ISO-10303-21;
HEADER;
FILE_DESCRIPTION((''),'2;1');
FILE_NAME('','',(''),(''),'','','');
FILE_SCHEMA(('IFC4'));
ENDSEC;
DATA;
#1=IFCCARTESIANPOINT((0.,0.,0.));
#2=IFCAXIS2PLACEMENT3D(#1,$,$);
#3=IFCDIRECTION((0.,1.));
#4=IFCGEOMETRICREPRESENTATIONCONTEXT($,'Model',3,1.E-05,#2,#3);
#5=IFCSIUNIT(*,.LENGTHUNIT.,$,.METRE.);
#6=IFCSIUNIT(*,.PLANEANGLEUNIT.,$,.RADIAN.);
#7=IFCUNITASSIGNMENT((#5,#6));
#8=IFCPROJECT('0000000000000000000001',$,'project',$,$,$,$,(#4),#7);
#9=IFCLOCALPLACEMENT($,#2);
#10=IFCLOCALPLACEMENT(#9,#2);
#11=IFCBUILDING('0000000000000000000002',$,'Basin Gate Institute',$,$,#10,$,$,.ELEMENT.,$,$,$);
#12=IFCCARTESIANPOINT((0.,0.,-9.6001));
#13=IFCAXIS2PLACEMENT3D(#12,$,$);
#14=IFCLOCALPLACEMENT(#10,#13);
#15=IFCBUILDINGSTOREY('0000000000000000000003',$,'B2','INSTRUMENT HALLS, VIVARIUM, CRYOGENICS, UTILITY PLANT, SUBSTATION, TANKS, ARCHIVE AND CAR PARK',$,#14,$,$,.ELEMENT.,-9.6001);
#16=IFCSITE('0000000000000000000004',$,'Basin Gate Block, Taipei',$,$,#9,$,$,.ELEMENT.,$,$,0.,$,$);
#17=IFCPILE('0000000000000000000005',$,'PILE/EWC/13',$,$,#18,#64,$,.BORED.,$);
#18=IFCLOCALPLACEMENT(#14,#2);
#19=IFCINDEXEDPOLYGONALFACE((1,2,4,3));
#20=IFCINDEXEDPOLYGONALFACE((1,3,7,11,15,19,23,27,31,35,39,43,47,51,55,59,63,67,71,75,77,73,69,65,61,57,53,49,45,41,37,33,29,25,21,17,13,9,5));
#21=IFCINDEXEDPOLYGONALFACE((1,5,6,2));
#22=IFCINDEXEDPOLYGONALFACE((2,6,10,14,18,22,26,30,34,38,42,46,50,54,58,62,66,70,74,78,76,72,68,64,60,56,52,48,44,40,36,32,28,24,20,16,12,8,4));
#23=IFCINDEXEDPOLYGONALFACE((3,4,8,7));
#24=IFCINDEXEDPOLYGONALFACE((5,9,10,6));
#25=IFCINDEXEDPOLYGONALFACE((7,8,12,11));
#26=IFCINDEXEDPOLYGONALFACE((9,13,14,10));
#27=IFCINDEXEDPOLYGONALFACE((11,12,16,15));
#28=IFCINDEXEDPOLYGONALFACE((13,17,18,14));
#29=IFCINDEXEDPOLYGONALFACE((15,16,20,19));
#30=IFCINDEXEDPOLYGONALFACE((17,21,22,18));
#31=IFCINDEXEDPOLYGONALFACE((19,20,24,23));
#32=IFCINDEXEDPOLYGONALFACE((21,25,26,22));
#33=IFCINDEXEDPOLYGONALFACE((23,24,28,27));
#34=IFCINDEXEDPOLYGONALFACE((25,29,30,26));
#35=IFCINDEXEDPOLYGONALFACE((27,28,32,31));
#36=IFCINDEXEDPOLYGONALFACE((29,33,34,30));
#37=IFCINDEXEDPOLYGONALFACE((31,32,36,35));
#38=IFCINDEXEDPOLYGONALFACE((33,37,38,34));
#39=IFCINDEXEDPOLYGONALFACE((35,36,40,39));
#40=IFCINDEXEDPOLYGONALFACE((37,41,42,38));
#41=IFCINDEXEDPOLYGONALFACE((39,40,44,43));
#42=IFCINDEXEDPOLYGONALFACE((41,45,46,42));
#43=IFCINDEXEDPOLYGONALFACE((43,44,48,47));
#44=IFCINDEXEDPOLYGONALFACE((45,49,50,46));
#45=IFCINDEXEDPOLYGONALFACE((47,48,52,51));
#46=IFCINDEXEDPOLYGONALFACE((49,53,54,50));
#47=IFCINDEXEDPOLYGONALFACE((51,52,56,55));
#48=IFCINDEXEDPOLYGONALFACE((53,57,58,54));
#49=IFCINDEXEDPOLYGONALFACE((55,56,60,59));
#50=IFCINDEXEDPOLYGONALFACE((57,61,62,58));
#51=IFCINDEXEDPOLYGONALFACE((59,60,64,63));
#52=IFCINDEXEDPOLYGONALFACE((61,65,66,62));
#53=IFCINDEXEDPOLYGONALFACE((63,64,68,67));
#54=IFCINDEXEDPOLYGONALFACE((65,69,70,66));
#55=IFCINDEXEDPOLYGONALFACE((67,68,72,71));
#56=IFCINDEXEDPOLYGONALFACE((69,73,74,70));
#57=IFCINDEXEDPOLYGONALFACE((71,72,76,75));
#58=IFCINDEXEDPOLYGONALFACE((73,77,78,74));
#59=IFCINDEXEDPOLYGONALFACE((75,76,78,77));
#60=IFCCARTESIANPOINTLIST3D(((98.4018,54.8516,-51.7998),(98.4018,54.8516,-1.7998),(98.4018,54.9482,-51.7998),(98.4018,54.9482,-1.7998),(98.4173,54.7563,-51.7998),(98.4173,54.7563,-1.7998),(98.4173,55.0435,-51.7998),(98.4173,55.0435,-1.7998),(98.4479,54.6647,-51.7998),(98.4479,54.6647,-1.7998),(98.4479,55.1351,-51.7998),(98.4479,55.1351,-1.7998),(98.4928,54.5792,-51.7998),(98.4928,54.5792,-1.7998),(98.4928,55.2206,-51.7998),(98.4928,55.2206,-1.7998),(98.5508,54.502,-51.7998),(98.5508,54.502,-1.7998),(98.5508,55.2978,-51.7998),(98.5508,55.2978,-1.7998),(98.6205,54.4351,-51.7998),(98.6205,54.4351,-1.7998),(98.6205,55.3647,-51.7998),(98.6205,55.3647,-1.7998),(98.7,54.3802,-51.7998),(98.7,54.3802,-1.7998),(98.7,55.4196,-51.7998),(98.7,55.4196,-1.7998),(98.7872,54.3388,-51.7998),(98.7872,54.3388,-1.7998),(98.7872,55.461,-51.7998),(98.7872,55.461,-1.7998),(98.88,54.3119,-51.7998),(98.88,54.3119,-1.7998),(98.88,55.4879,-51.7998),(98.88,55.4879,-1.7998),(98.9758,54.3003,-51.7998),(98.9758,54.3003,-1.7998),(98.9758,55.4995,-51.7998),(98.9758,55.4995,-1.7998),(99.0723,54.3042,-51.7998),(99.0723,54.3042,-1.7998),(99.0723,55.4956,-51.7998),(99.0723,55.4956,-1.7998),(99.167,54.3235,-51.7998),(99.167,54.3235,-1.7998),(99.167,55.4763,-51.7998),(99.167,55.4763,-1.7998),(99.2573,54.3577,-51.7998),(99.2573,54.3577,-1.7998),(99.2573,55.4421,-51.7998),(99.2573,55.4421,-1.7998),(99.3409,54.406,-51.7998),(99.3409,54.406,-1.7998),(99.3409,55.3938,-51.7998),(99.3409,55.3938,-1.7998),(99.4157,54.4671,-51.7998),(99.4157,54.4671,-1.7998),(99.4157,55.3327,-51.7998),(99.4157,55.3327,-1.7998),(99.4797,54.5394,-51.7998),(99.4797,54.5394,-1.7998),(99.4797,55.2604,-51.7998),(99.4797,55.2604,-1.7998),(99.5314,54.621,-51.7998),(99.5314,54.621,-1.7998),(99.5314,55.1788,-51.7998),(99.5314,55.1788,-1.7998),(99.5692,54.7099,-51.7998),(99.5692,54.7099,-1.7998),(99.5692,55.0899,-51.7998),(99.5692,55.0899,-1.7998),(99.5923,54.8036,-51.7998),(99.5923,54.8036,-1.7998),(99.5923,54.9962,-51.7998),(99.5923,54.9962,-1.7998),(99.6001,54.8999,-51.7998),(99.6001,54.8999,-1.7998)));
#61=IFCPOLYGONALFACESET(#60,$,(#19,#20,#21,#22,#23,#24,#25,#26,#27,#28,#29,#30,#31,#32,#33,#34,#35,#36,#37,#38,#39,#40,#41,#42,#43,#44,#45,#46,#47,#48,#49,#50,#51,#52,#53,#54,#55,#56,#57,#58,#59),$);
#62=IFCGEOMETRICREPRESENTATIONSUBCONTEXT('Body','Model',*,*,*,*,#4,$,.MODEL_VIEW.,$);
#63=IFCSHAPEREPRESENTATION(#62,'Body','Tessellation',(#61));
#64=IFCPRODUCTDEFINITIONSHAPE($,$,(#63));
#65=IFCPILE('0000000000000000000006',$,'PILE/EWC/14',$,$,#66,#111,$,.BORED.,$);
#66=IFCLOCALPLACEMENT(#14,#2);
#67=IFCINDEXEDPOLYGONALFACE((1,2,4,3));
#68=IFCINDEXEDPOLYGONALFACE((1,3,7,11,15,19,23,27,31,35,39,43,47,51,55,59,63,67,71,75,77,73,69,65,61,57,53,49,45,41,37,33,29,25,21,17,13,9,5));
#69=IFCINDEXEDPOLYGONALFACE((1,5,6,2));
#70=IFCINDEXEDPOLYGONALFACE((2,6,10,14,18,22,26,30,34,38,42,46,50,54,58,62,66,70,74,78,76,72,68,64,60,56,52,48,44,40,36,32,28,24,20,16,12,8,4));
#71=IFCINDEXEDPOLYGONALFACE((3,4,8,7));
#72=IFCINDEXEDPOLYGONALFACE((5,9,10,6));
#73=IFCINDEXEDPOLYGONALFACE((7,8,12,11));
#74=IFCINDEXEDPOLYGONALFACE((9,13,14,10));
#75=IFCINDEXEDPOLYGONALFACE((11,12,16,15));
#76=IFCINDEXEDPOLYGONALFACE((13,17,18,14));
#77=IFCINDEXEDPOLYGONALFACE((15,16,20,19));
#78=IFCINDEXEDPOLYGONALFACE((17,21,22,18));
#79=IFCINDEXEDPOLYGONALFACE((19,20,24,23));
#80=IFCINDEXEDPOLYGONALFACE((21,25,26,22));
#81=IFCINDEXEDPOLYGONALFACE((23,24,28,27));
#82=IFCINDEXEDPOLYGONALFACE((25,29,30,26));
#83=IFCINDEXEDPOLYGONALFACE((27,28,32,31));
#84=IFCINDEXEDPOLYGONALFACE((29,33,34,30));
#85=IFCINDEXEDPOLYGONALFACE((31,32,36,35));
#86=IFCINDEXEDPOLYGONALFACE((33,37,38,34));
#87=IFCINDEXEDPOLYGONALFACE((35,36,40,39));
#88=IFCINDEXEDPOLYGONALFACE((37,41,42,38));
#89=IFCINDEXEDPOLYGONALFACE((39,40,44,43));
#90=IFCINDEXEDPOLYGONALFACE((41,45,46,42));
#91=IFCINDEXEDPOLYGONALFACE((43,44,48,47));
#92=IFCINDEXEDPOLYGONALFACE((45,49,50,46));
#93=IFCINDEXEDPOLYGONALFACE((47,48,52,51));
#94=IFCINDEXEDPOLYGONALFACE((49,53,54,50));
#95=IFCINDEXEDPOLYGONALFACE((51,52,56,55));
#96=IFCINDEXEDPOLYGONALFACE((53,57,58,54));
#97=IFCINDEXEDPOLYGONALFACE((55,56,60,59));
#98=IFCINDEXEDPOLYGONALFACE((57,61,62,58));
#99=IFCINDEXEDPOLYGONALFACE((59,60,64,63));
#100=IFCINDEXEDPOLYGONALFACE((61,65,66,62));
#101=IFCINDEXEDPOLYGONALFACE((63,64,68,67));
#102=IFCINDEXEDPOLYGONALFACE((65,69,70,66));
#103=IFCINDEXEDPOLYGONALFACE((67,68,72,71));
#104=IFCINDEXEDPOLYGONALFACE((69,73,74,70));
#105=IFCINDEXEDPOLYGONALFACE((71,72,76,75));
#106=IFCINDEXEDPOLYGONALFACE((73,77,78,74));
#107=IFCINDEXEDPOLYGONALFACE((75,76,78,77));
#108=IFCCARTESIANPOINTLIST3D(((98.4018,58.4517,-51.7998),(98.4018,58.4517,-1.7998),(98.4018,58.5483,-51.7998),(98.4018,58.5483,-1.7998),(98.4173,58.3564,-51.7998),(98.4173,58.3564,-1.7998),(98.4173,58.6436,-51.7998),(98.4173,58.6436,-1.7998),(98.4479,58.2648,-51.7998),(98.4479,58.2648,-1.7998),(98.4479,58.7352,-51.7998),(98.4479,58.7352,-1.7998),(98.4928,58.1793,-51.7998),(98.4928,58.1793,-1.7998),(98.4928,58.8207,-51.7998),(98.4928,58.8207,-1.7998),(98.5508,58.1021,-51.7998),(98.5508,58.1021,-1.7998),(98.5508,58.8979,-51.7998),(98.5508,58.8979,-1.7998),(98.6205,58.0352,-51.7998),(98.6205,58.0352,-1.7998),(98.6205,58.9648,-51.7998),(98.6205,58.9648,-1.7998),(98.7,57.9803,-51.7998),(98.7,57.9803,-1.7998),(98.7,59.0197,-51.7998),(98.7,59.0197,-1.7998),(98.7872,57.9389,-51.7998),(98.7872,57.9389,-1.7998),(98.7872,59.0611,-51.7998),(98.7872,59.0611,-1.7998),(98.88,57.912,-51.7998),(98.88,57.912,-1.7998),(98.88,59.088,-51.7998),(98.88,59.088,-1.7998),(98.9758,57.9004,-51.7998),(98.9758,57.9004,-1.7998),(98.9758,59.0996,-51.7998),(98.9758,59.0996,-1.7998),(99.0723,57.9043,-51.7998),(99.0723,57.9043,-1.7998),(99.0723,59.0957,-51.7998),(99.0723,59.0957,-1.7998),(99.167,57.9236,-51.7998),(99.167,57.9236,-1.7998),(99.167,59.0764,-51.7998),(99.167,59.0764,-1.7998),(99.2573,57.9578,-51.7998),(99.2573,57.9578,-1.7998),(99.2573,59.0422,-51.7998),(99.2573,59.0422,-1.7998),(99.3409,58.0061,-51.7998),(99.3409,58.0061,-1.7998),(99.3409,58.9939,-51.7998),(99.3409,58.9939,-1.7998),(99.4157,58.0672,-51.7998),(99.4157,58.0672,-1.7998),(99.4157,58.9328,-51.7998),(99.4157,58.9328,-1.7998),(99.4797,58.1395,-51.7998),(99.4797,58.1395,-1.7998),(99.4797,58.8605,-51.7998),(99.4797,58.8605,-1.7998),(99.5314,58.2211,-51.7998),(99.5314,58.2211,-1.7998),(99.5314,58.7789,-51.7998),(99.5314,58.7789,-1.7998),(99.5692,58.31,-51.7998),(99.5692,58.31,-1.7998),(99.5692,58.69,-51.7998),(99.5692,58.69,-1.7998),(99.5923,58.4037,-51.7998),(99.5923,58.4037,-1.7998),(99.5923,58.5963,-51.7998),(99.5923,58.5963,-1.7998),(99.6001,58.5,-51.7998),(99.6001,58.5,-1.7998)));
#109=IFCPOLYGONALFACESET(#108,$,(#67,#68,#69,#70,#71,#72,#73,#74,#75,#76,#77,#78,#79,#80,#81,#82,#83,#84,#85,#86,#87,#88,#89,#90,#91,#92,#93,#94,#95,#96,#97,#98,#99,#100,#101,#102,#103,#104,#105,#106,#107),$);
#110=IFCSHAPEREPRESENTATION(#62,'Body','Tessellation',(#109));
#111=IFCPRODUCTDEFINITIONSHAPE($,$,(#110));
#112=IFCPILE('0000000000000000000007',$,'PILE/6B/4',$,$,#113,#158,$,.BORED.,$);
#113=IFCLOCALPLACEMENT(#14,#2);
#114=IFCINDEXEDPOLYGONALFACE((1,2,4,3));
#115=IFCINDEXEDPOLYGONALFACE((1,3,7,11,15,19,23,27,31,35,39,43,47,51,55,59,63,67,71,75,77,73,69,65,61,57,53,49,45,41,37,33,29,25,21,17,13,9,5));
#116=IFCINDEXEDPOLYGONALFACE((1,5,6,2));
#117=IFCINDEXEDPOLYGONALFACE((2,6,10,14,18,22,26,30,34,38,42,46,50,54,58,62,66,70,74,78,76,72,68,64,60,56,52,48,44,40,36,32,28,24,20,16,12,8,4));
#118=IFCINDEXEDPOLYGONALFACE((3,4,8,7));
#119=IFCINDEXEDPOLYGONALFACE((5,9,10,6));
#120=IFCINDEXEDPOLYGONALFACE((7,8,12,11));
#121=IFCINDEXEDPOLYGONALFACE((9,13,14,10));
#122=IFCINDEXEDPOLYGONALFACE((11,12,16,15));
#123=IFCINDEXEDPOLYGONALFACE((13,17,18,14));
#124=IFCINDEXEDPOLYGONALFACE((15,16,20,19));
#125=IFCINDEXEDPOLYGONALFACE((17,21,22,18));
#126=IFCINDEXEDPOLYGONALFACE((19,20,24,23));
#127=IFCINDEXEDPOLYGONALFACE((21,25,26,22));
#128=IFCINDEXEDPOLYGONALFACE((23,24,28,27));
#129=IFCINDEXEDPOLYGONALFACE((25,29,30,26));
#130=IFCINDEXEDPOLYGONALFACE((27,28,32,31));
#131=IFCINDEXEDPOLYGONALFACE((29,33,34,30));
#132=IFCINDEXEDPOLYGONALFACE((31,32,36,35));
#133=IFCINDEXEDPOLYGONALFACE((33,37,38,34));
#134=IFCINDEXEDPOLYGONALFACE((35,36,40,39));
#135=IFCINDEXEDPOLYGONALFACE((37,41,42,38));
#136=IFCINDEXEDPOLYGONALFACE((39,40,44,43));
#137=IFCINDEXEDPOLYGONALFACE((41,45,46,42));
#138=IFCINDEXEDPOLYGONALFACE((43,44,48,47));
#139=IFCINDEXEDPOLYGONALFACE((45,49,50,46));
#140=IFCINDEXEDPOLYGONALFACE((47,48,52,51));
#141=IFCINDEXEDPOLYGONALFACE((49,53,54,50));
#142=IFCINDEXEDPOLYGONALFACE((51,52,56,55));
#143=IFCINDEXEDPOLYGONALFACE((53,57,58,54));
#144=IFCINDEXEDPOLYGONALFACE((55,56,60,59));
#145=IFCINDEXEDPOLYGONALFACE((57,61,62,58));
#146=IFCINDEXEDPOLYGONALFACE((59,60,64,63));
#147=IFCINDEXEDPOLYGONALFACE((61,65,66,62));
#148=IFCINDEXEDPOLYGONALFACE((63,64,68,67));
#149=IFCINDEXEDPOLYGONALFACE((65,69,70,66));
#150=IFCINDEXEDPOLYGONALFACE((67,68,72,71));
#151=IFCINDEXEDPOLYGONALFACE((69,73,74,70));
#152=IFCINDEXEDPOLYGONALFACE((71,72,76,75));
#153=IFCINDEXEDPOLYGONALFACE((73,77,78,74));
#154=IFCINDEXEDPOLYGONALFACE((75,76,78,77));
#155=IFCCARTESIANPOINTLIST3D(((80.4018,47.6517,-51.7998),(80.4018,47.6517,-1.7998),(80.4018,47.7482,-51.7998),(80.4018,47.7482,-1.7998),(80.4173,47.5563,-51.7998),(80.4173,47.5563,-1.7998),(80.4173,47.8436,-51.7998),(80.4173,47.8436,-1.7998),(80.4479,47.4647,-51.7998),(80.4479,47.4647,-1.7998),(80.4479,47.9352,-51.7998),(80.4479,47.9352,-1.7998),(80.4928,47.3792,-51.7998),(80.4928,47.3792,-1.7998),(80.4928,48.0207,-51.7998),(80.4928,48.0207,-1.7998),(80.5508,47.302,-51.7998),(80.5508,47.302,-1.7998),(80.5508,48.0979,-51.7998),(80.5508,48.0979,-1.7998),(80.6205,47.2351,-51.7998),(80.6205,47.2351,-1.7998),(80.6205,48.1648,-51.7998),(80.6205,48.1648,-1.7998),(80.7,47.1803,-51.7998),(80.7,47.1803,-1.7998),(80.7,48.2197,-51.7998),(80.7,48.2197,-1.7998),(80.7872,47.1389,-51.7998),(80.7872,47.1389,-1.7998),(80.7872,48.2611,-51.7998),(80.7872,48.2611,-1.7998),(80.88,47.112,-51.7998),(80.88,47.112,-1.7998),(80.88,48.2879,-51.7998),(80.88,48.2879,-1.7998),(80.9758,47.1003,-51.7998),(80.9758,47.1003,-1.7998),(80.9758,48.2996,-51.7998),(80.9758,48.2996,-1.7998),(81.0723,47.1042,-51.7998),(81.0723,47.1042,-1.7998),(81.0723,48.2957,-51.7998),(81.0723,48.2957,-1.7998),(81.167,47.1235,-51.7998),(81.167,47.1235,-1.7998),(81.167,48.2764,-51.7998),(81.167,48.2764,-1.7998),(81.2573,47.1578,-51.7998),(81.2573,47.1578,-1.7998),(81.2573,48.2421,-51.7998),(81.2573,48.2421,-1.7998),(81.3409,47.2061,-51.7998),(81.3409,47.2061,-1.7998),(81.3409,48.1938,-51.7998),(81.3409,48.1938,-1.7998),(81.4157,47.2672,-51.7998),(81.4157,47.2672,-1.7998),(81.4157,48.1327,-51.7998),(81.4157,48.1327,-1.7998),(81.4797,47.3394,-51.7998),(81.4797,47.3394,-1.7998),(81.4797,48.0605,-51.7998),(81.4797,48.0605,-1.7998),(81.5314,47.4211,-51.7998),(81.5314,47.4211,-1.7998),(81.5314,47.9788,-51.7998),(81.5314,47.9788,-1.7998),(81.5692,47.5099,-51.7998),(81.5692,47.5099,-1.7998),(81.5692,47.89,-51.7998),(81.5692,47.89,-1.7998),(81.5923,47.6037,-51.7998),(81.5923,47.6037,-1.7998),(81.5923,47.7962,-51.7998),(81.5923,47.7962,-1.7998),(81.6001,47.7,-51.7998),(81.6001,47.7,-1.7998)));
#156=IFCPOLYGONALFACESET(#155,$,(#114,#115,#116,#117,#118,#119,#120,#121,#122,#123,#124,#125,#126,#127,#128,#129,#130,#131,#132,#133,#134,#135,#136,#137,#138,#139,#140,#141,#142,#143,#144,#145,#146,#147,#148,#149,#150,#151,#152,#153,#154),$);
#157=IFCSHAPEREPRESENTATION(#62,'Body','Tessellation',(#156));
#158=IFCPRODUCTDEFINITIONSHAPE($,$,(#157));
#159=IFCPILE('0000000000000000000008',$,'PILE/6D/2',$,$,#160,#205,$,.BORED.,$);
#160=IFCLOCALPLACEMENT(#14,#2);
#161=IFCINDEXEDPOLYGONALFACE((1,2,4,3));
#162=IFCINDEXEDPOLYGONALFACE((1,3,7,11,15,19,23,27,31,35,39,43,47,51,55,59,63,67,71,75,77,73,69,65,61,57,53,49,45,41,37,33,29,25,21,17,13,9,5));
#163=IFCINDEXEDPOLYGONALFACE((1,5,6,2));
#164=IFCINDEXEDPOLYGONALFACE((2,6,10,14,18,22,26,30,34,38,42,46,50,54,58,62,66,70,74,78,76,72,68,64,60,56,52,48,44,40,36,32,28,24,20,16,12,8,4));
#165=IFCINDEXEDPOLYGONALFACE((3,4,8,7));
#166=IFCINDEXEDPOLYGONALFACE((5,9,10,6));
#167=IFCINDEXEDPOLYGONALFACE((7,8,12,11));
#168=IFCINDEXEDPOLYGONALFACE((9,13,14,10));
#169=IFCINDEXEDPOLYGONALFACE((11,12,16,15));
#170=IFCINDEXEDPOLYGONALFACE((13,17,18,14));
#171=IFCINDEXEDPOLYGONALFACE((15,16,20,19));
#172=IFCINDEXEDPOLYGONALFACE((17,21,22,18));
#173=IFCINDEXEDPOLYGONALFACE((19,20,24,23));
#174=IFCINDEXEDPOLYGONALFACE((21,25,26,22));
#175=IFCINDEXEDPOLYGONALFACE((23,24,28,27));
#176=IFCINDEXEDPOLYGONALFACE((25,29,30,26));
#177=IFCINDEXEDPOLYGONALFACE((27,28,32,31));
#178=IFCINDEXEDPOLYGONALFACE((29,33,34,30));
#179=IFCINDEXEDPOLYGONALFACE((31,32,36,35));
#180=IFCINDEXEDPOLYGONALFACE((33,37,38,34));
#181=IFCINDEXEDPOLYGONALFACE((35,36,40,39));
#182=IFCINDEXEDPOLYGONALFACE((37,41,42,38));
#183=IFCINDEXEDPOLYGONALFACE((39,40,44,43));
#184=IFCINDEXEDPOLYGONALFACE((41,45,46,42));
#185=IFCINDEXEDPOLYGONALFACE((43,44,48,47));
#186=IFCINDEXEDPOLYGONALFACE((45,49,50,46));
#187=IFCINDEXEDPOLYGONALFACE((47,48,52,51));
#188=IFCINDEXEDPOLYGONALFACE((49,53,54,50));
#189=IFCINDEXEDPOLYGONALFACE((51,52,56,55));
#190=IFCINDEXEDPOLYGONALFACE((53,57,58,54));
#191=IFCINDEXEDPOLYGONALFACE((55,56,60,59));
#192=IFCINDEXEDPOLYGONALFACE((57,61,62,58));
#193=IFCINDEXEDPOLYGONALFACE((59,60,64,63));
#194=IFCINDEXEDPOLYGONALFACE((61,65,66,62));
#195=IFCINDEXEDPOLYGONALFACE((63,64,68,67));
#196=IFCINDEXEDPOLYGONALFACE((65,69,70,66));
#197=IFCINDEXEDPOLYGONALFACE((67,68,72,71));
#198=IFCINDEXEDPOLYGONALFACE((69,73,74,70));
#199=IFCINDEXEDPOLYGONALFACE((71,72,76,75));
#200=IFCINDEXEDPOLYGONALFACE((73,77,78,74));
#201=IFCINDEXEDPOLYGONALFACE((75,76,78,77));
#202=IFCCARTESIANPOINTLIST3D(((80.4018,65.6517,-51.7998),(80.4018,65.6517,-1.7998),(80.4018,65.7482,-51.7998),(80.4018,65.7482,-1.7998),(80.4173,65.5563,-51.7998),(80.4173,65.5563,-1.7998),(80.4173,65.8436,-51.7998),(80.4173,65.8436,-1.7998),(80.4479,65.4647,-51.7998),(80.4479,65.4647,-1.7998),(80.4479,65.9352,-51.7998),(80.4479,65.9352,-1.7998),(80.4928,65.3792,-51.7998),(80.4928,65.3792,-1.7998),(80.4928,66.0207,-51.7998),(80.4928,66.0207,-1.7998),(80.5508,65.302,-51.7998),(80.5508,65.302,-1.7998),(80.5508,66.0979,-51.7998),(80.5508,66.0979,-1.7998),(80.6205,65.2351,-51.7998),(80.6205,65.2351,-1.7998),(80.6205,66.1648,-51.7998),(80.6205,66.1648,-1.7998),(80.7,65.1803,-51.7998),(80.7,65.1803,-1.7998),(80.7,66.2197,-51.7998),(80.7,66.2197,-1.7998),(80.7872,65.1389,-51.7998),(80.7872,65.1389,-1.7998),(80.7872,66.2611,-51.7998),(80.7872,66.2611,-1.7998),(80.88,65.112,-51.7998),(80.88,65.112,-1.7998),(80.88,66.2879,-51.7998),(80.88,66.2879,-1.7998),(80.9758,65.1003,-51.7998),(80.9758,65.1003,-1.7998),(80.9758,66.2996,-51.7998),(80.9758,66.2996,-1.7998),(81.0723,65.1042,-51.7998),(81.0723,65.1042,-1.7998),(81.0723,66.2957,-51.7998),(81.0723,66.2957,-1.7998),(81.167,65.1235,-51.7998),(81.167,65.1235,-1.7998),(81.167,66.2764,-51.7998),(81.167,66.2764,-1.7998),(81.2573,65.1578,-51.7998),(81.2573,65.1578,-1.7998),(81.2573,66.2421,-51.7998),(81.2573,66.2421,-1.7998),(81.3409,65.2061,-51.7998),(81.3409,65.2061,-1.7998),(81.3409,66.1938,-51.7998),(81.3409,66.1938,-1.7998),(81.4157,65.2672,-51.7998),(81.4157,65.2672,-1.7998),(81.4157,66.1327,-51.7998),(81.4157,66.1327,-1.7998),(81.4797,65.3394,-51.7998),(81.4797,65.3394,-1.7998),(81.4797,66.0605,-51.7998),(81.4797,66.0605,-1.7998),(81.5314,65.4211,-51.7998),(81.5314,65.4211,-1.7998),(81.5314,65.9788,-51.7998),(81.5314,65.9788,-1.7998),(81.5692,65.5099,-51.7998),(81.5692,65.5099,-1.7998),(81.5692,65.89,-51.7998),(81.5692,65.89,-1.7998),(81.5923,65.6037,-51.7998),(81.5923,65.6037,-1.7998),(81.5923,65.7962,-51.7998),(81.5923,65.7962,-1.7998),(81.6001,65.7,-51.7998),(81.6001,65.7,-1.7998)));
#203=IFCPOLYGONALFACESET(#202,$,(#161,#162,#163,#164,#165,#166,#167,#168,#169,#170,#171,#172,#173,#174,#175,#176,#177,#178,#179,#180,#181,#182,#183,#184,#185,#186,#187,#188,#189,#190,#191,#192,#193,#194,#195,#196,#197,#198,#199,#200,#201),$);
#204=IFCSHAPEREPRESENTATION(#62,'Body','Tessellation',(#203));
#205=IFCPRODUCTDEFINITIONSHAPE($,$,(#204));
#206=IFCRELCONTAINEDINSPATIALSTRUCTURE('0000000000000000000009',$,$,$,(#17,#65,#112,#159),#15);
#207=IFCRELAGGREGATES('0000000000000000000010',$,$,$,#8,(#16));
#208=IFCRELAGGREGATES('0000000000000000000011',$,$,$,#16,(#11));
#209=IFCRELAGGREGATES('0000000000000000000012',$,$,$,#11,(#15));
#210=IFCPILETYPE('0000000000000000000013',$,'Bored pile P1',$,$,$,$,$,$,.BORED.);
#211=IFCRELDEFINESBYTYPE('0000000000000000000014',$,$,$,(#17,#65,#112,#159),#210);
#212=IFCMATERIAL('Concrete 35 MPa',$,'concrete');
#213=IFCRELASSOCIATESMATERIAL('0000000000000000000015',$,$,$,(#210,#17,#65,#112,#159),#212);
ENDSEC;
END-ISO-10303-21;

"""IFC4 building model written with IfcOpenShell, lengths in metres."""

from ifc_helpers import new_model, si_unit, direction, frame, origin, origin_2d, place, context, subcontext, project, spatial, circle, extrude, material, material_profile, profile_set, type_object, element, save


model = new_model("IFC4")

# Units and contexts
model_context = context("Model", 3, precision=1e-05, world=origin(), true_north=direction((0.0, 1.0)))
body_context = subcontext(model_context, "Body", "Model", "MODEL_VIEW")
ifc_project = project(units=[si_unit("LENGTHUNIT", "METRE"), si_unit("PLANEANGLEUNIT", "RADIAN")], contexts=[model_context])

# Site, building, storey
site_placement = place(None, origin())
site = spatial("IfcSite", under=ifc_project, at=site_placement, Name="Basin Gate Block, Taipei", CompositionType="ELEMENT", RefElevation=0.0)
building_placement = place(site_placement, origin())
building = spatial("IfcBuilding", under=site, at=building_placement, Name="Basin Gate Institute", CompositionType="ELEMENT")
storey_placement = place(building_placement, frame((0.0, 0.0, -9.6001)))
storey = spatial("IfcBuildingStorey", under=building, at=storey_placement, Name="B2", Description="INSTRUMENT HALLS, VIVARIUM, CRYOGENICS, UTILITY PLANT, SUBSTATION, TANKS, ARCHIVE AND CAR PARK", CompositionType="ELEMENT", Elevation=-9.6001)

# Piles
ifc_material_1 = material(Name="Concrete 35 MPa", Category="concrete")
ifc_material_profile_1 = material_profile(ifc_material_1, circle(Radius=0.6001, at=origin_2d()), Name="Bored pile P1 1200 dia")
ifc_profile_set_1 = profile_set([ifc_material_profile_1], Name="Concrete 35 MPa")
pile_type = type_object("IfcPileType", Name="Bored pile P1", PredefinedType="BORED", material=ifc_profile_set_1)
for number, where, z_axis, x_axis, name in (
    (1, (99.0, 54.8999, -1.7998), (0.0, 0.0, -1.0), (1.0, 0.0, 0.0), "PILE/EWC/13"),
    (2, (99.0, 58.5, -1.7998), (0.0, 0.0, -1.0), (1.0, 0.0, 0.0), "PILE/EWC/14"),
    (3, (81.0, 47.7, -1.7998), (0.0, 0.0, -1.0), (1.0, 0.0, 0.0), "PILE/6B/4"),
    (4, (81.0, 65.7, -1.7998), (0.0, 0.0, -1.0), (1.0, 0.0, 0.0), "PILE/6D/2"),
):
    element("IfcPile", number, at=place(storey_placement, frame(where, z_axis=z_axis, x_axis=x_axis)), inside=storey, type_object=pile_type, material=ifc_profile_set_1, Name=name, PredefinedType="BORED", context=body_context, shape_type="SweptSolid", body=[
        extrude(circle(Radius=0.6001, at=origin_2d()), origin(), (0.0, 0.0, 1.0), 50.0),
    ])

save(model, "model.ifc")
